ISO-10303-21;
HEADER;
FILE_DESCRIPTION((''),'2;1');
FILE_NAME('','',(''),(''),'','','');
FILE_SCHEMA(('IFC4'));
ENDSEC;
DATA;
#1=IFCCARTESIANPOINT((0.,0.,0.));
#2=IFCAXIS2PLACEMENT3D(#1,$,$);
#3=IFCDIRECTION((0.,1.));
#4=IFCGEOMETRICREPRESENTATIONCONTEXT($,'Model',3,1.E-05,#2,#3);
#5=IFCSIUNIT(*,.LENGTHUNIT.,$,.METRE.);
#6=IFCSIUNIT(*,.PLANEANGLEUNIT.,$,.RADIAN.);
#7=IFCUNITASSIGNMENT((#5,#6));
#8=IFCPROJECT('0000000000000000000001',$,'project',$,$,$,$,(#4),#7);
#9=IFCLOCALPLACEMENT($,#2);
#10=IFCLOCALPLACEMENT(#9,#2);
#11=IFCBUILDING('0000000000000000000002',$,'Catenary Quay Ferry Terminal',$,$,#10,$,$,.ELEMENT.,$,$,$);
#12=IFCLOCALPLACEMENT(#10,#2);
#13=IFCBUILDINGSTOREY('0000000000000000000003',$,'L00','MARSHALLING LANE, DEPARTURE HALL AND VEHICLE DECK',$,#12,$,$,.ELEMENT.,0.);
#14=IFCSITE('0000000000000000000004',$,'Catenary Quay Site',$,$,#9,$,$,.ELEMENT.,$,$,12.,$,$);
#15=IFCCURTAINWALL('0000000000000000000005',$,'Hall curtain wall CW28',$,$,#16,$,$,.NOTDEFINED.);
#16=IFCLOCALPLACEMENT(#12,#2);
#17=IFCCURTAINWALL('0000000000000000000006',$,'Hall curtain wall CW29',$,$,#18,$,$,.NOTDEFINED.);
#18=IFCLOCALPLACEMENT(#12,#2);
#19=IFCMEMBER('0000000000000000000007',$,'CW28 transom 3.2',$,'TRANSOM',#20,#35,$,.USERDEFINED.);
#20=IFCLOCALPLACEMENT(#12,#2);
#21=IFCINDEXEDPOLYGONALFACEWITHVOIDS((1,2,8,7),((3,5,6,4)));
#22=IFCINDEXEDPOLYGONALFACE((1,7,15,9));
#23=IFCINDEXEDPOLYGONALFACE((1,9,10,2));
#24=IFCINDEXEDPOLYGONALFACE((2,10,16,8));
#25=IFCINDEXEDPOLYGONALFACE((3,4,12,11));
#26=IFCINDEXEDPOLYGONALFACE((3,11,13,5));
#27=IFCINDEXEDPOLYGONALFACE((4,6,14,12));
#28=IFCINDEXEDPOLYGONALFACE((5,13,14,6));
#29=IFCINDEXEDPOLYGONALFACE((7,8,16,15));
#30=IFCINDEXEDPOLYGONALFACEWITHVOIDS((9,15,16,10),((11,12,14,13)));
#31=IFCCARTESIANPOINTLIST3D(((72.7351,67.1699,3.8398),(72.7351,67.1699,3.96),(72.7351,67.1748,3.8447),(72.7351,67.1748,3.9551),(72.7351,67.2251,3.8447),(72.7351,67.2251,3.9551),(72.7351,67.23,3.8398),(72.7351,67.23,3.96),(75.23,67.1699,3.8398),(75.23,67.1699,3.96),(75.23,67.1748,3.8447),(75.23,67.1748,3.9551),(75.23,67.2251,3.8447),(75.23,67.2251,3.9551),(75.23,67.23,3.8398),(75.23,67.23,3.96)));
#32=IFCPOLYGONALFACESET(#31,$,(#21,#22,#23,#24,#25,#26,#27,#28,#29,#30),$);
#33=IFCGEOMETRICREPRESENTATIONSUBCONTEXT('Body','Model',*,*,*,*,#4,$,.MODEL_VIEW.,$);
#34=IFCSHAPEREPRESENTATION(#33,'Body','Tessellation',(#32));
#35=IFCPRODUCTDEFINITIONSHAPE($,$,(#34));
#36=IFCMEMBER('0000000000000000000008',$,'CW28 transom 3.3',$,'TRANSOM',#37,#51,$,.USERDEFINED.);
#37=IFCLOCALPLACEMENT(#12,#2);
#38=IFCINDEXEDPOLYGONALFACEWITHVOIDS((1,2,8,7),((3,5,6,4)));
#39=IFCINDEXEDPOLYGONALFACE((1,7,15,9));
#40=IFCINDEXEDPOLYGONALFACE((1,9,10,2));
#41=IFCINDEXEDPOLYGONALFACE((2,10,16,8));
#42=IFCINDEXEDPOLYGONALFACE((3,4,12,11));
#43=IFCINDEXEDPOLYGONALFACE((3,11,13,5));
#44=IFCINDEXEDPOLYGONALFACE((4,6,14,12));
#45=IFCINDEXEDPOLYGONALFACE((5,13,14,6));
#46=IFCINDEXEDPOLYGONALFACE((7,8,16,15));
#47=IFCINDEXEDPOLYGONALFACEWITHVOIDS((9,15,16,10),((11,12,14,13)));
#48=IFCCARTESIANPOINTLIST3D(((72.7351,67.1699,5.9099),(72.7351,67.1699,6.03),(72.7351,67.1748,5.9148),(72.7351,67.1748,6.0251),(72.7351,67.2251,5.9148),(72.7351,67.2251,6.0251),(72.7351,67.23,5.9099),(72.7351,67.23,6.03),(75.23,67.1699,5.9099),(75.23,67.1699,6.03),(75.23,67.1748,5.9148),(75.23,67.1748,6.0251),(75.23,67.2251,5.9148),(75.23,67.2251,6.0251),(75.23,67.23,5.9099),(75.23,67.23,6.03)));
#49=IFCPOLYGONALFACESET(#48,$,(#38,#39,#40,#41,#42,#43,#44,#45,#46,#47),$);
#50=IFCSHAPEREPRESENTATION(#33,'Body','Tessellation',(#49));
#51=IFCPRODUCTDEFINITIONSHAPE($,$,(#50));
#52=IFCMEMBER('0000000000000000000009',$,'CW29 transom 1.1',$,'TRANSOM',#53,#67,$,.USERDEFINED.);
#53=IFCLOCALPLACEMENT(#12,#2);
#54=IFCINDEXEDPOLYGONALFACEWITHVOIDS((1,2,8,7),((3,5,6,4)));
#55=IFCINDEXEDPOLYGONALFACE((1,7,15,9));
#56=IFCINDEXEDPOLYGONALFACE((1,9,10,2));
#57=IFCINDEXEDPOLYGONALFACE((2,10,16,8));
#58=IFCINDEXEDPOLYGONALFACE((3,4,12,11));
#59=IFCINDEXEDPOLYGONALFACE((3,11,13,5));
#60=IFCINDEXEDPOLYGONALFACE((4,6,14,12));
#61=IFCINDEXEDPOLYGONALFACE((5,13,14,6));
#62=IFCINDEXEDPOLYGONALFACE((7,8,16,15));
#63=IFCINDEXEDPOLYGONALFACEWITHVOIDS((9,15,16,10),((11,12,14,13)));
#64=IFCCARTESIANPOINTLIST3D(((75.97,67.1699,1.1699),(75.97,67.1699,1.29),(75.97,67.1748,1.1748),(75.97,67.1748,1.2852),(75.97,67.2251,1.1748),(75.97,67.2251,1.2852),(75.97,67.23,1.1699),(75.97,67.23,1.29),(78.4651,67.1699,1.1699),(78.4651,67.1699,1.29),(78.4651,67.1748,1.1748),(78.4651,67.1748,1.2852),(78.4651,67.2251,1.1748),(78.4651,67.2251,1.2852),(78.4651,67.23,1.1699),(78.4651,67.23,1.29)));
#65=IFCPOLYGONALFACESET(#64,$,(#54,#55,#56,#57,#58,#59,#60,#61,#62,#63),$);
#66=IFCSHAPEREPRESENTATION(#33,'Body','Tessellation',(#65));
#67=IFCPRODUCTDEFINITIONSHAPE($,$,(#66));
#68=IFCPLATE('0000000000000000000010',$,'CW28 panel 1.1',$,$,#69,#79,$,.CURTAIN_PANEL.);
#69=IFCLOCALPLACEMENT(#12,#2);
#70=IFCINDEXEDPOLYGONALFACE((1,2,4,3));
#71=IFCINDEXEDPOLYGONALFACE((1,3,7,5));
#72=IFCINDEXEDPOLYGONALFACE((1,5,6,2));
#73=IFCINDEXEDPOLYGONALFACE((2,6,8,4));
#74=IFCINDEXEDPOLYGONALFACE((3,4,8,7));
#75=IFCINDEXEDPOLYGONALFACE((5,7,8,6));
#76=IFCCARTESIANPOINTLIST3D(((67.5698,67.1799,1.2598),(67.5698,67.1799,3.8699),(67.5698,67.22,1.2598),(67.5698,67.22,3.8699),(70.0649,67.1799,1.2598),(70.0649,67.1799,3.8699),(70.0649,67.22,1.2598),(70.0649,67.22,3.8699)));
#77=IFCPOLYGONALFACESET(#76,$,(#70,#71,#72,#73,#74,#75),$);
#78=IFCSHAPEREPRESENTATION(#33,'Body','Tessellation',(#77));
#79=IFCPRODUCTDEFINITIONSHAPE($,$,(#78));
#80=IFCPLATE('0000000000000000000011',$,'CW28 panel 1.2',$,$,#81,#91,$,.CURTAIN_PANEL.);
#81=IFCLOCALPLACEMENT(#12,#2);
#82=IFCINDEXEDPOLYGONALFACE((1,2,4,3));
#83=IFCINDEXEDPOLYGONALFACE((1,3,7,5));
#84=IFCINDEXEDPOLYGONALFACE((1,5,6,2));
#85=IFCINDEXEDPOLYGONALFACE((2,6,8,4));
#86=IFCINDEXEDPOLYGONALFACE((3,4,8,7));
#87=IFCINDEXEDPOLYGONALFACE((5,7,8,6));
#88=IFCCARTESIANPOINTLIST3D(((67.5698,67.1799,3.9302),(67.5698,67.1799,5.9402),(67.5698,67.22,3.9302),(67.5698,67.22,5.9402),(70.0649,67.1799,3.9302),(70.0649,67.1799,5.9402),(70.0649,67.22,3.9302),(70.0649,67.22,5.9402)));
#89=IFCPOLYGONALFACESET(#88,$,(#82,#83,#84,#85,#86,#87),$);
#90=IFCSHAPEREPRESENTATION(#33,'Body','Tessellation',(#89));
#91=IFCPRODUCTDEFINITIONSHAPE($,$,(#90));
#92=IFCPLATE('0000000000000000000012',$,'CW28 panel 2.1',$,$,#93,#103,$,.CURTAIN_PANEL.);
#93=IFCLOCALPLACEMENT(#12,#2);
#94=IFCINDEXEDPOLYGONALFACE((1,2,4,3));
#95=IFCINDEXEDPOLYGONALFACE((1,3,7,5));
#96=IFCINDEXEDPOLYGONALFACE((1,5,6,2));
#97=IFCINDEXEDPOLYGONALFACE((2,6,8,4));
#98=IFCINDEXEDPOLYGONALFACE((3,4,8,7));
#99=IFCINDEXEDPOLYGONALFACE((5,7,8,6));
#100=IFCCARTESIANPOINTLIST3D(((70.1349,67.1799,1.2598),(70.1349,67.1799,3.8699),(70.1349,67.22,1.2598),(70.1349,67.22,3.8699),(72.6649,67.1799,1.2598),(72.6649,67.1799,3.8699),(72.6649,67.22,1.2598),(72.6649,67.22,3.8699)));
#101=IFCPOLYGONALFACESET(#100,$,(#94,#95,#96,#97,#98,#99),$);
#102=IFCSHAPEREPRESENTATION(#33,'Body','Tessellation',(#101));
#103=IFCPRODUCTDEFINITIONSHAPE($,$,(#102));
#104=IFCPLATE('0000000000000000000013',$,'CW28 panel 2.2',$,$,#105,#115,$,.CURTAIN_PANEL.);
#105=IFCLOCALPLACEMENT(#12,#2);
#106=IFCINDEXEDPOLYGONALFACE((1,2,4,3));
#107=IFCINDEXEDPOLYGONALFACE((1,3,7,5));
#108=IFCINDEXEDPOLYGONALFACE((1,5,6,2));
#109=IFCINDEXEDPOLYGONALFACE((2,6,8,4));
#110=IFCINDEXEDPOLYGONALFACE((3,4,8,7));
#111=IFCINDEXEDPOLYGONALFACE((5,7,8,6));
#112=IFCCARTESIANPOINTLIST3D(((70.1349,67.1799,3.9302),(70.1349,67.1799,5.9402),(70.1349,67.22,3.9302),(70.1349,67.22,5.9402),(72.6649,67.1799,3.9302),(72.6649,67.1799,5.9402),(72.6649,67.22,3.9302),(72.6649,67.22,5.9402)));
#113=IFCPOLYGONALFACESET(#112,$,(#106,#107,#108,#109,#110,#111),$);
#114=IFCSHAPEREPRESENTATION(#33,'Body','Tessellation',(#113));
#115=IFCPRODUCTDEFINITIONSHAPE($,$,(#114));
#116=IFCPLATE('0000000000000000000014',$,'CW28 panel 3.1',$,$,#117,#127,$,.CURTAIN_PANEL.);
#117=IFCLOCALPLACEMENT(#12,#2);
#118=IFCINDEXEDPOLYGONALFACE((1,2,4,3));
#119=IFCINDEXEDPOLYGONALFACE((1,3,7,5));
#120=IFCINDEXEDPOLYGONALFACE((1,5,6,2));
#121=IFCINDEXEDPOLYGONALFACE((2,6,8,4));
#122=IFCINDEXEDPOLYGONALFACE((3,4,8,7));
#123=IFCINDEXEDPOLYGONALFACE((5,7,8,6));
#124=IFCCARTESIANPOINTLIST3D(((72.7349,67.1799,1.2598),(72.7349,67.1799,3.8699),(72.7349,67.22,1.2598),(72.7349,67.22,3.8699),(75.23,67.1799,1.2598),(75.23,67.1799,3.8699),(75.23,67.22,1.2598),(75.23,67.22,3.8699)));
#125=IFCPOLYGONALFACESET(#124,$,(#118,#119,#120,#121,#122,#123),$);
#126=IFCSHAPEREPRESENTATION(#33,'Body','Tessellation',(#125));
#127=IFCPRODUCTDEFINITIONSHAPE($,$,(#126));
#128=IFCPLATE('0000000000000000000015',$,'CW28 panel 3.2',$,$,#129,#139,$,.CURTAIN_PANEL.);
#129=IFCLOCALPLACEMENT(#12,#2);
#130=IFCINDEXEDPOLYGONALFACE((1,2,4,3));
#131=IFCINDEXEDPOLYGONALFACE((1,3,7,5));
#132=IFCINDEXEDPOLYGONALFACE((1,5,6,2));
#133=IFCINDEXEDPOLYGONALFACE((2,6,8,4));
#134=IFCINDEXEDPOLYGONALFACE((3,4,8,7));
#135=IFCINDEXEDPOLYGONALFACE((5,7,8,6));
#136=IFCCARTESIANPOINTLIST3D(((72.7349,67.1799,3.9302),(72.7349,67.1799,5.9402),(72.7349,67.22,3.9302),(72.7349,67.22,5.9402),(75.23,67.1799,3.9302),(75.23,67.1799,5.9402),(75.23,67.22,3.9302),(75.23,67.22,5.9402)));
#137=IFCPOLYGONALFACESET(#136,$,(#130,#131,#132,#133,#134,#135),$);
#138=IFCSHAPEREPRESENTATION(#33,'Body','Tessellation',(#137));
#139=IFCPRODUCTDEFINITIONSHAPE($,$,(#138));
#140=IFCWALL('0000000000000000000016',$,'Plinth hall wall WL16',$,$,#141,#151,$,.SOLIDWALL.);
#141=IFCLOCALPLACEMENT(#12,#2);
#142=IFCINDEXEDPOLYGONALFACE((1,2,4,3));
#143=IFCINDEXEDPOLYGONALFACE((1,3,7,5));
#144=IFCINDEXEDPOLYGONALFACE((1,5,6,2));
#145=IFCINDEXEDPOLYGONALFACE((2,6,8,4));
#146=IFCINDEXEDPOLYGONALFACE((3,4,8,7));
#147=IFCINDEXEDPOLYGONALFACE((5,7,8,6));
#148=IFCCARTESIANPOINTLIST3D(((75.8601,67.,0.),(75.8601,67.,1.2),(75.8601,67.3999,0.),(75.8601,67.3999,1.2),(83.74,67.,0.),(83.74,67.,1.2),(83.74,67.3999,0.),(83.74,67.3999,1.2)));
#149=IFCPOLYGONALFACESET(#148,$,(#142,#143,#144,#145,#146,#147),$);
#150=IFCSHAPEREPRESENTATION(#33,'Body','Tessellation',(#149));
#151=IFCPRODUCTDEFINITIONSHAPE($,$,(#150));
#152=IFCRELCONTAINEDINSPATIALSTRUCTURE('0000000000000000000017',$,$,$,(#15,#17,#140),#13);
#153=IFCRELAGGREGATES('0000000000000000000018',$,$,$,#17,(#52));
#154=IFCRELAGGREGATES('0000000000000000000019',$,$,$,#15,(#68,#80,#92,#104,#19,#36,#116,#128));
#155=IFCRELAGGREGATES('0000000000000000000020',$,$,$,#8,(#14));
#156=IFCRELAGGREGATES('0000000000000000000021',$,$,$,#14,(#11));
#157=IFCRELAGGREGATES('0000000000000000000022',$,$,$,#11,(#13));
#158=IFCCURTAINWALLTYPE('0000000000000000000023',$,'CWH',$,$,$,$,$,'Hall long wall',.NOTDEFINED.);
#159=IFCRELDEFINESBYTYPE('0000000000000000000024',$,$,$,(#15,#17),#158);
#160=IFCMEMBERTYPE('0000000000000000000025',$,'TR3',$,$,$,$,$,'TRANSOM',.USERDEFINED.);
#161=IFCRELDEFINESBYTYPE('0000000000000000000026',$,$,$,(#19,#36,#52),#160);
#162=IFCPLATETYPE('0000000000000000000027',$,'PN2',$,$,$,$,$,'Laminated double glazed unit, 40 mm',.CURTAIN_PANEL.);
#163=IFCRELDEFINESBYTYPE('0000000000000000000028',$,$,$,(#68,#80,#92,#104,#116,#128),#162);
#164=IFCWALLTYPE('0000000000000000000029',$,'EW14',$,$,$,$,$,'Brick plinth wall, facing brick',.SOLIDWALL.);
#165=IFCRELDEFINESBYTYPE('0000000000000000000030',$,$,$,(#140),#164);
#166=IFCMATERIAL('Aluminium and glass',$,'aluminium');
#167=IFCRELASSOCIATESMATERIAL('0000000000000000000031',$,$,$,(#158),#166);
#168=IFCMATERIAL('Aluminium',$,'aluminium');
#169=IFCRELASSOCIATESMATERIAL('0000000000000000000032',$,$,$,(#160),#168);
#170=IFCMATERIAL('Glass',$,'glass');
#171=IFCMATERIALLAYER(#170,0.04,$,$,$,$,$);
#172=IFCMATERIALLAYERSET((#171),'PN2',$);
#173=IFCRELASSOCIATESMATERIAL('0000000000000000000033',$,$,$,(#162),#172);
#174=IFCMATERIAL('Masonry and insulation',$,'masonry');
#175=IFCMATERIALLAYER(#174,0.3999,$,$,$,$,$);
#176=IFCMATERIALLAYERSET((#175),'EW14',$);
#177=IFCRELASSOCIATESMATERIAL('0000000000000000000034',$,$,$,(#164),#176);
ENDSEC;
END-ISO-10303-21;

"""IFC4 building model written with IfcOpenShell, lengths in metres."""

from ifc_helpers import new_model, si_unit, direction, frame, frame_2d, origin, origin_2d, place, context, subcontext, project, spatial, rectangle, hollow_rectangle, extrude, material, layer, layer_set, material_profile, profile_set, type_object, element, aggregate, save


model = new_model("IFC4")

# Units and contexts
model_context = context("Model", 3, precision=1e-05, world=origin(), true_north=direction((0.0, 1.0)))
body_context = subcontext(model_context, "Body", "Model", "MODEL_VIEW")
ifc_project = project(units=[si_unit("LENGTHUNIT", "METRE"), si_unit("PLANEANGLEUNIT", "RADIAN")], contexts=[model_context])

# Site, building, storey
site_placement = place(None, origin())
site = spatial("IfcSite", under=ifc_project, at=site_placement, Name="Catenary Quay Site", CompositionType="ELEMENT", RefElevation=12.0)
building_placement = place(site_placement, origin())
building = spatial("IfcBuilding", under=site, at=building_placement, Name="Catenary Quay Ferry Terminal", CompositionType="ELEMENT")
storey_placement = place(building_placement, origin())
storey = spatial("IfcBuildingStorey", under=building, at=storey_placement, Name="L00", Description="MARSHALLING LANE, DEPARTURE HALL AND VEHICLE DECK", CompositionType="ELEMENT", Elevation=0.0)

# Curtain wall
ifc_material_1 = material(Name="Aluminium and glass", Category="aluminium")
curtain_wall_type = type_object("IfcCurtainWallType", Name="CWH", ElementType="Hall long wall", PredefinedType="NOTDEFINED", material=ifc_material_1)
curtain_wall_1_placement = place(storey_placement, origin())
curtain_wall_1 = element("IfcCurtainWall", 1, at=curtain_wall_1_placement, inside=storey, type_object=curtain_wall_type, Name="Hall curtain wall CW28", PredefinedType="NOTDEFINED")

# Curtain wall
curtain_wall_2_placement = place(storey_placement, origin())
curtain_wall_2 = element("IfcCurtainWall", 2, at=curtain_wall_2_placement, inside=storey, type_object=curtain_wall_type, Name="Hall curtain wall CW29", PredefinedType="NOTDEFINED")

# Members
ifc_material_2 = material(Name="Aluminium", Category="aluminium")
ifc_material_profile_1 = material_profile(ifc_material_2, hollow_rectangle(XDim=0.0601, YDim=0.1201, WallThickness=0.0049, at=origin_2d()), Name="TR3")
ifc_profile_set_1 = profile_set([ifc_material_profile_1], Name="Aluminium")
member_type_1 = type_object("IfcMemberType", Name="TR3", ElementType="TRANSOM", PredefinedType="USERDEFINED", material=ifc_profile_set_1)
member_1_placement = place(storey_placement, frame((72.7351, 67.2, 3.8999), z_axis=(1.0, 0.0, 0.0), x_axis=(0.0, 1.0, 0.0)))
member_1 = element("IfcMember", 3, at=member_1_placement, type_object=member_type_1, Name="CW28 transom 3.2", ObjectType="TRANSOM", PredefinedType="USERDEFINED", context=body_context, shape_type="SweptSolid", body=[
    extrude(hollow_rectangle(XDim=0.0601, YDim=0.1201, WallThickness=0.0049, at=origin_2d()), origin(), (0.0, 0.0, 1.0), 2.4949),
])
member_2_placement = place(storey_placement, frame((72.7351, 67.2, 5.97), z_axis=(1.0, 0.0, 0.0), x_axis=(0.0, 1.0, 0.0)))
member_2 = element("IfcMember", 4, at=member_2_placement, type_object=member_type_1, Name="CW28 transom 3.3", ObjectType="TRANSOM", PredefinedType="USERDEFINED", context=body_context, shape_type="SweptSolid", body=[
    extrude(hollow_rectangle(XDim=0.0601, YDim=0.1201, WallThickness=0.0049, at=origin_2d()), origin(), (0.0, 0.0, 1.0), 2.4949),
])
member_3_placement = place(storey_placement, frame((75.97, 67.2, 1.23), z_axis=(1.0, 0.0, 0.0), x_axis=(0.0, 1.0, 0.0)))
member_3 = element("IfcMember", 5, at=member_3_placement, type_object=member_type_1, Name="CW29 transom 1.1", ObjectType="TRANSOM", PredefinedType="USERDEFINED", context=body_context, shape_type="SweptSolid", body=[
    extrude(hollow_rectangle(XDim=0.0601, YDim=0.1201, WallThickness=0.0049, at=origin_2d()), origin(), (0.0, 0.0, 1.0), 2.4951),
])
aggregate(curtain_wall_2, [member_3])

# Plates
ifc_material_3 = material(Name="Glass", Category="glass")
ifc_layer_1 = layer(ifc_material_3, 0.04)
ifc_layer_set_1 = layer_set([ifc_layer_1], Name="PN2")
plate_type = type_object("IfcPlateType", Name="PN2", ElementType="Laminated double glazed unit, 40 mm", PredefinedType="CURTAIN_PANEL", material=ifc_layer_set_1)
plate_1_placement = place(storey_placement, frame((68.8174, 67.2, 1.2598), z_axis=(0.0, 0.0, 1.0), x_axis=(1.0, 0.0, 0.0)))
plate_1 = element("IfcPlate", 6, at=plate_1_placement, type_object=plate_type, Name="CW28 panel 1.1", PredefinedType="CURTAIN_PANEL", context=body_context, shape_type="SweptSolid", body=[
    extrude(rectangle(XDim=2.4951, YDim=0.04, at=origin_2d()), origin(), (0.0, 0.0, 1.0), 2.6101),
])
plate_2_placement = place(storey_placement, frame((68.8174, 67.2, 3.9302), z_axis=(0.0, 0.0, 1.0), x_axis=(1.0, 0.0, 0.0)))
plate_2 = element("IfcPlate", 7, at=plate_2_placement, type_object=plate_type, Name="CW28 panel 1.2", PredefinedType="CURTAIN_PANEL", context=body_context, shape_type="SweptSolid", body=[
    extrude(rectangle(XDim=2.4951, YDim=0.04, at=origin_2d()), origin(), (0.0, 0.0, 1.0), 2.01),
])
plate_3_placement = place(storey_placement, frame((71.3999, 67.2, 1.2598), z_axis=(0.0, 0.0, 1.0), x_axis=(1.0, 0.0, 0.0)))
plate_3 = element("IfcPlate", 8, at=plate_3_placement, type_object=plate_type, Name="CW28 panel 2.1", PredefinedType="CURTAIN_PANEL", context=body_context, shape_type="SweptSolid", body=[
    extrude(rectangle(XDim=2.53, YDim=0.04, at=origin_2d()), origin(), (0.0, 0.0, 1.0), 2.6101),
])
plate_4_placement = place(storey_placement, frame((71.3999, 67.2, 3.9302), z_axis=(0.0, 0.0, 1.0), x_axis=(1.0, 0.0, 0.0)))
plate_4 = element("IfcPlate", 9, at=plate_4_placement, type_object=plate_type, Name="CW28 panel 2.2", PredefinedType="CURTAIN_PANEL", context=body_context, shape_type="SweptSolid", body=[
    extrude(rectangle(XDim=2.53, YDim=0.04, at=origin_2d()), origin(), (0.0, 0.0, 1.0), 2.01),
])
plate_5_placement = place(storey_placement, frame((73.9824, 67.2, 1.2598), z_axis=(0.0, 0.0, 1.0), x_axis=(1.0, 0.0, 0.0)))
plate_5 = element("IfcPlate", 10, at=plate_5_placement, type_object=plate_type, Name="CW28 panel 3.1", PredefinedType="CURTAIN_PANEL", context=body_context, shape_type="SweptSolid", body=[
    extrude(rectangle(XDim=2.4951, YDim=0.04, at=origin_2d()), origin(), (0.0, 0.0, 1.0), 2.6101),
])
plate_6_placement = place(storey_placement, frame((73.9824, 67.2, 3.9302), z_axis=(0.0, 0.0, 1.0), x_axis=(1.0, 0.0, 0.0)))
plate_6 = element("IfcPlate", 11, at=plate_6_placement, type_object=plate_type, Name="CW28 panel 3.2", PredefinedType="CURTAIN_PANEL", context=body_context, shape_type="SweptSolid", body=[
    extrude(rectangle(XDim=2.4951, YDim=0.04, at=origin_2d()), origin(), (0.0, 0.0, 1.0), 2.01),
])
aggregate(curtain_wall_1, [plate_1, plate_2, plate_3, plate_4, member_1, member_2, plate_5, plate_6])

# Wall
ifc_material_4 = material(Name="Masonry and insulation", Category="masonry")
ifc_layer_2 = layer(ifc_material_4, 0.3999)
ifc_layer_set_2 = layer_set([ifc_layer_2], Name="EW14")
wall_type = type_object("IfcWallType", Name="EW14", ElementType="Brick plinth wall, facing brick", PredefinedType="SOLIDWALL", material=ifc_layer_set_2)
wall_placement = place(storey_placement, frame((75.8601, 67.2, 0.0), z_axis=(0.0, 0.0, 1.0), x_axis=(1.0, 0.0, 0.0)))
element("IfcWall", 12, at=wall_placement, inside=storey, type_object=wall_type, Name="Plinth hall wall WL16", PredefinedType="SOLIDWALL", context=body_context, shape_type="SweptSolid", body=[
    extrude(rectangle(XDim=7.8799, YDim=0.3999, at=frame_2d((3.9399, 0.0))), origin(), (0.0, 0.0, 1.0), 1.2),
])

save(model, "model.ifc")
